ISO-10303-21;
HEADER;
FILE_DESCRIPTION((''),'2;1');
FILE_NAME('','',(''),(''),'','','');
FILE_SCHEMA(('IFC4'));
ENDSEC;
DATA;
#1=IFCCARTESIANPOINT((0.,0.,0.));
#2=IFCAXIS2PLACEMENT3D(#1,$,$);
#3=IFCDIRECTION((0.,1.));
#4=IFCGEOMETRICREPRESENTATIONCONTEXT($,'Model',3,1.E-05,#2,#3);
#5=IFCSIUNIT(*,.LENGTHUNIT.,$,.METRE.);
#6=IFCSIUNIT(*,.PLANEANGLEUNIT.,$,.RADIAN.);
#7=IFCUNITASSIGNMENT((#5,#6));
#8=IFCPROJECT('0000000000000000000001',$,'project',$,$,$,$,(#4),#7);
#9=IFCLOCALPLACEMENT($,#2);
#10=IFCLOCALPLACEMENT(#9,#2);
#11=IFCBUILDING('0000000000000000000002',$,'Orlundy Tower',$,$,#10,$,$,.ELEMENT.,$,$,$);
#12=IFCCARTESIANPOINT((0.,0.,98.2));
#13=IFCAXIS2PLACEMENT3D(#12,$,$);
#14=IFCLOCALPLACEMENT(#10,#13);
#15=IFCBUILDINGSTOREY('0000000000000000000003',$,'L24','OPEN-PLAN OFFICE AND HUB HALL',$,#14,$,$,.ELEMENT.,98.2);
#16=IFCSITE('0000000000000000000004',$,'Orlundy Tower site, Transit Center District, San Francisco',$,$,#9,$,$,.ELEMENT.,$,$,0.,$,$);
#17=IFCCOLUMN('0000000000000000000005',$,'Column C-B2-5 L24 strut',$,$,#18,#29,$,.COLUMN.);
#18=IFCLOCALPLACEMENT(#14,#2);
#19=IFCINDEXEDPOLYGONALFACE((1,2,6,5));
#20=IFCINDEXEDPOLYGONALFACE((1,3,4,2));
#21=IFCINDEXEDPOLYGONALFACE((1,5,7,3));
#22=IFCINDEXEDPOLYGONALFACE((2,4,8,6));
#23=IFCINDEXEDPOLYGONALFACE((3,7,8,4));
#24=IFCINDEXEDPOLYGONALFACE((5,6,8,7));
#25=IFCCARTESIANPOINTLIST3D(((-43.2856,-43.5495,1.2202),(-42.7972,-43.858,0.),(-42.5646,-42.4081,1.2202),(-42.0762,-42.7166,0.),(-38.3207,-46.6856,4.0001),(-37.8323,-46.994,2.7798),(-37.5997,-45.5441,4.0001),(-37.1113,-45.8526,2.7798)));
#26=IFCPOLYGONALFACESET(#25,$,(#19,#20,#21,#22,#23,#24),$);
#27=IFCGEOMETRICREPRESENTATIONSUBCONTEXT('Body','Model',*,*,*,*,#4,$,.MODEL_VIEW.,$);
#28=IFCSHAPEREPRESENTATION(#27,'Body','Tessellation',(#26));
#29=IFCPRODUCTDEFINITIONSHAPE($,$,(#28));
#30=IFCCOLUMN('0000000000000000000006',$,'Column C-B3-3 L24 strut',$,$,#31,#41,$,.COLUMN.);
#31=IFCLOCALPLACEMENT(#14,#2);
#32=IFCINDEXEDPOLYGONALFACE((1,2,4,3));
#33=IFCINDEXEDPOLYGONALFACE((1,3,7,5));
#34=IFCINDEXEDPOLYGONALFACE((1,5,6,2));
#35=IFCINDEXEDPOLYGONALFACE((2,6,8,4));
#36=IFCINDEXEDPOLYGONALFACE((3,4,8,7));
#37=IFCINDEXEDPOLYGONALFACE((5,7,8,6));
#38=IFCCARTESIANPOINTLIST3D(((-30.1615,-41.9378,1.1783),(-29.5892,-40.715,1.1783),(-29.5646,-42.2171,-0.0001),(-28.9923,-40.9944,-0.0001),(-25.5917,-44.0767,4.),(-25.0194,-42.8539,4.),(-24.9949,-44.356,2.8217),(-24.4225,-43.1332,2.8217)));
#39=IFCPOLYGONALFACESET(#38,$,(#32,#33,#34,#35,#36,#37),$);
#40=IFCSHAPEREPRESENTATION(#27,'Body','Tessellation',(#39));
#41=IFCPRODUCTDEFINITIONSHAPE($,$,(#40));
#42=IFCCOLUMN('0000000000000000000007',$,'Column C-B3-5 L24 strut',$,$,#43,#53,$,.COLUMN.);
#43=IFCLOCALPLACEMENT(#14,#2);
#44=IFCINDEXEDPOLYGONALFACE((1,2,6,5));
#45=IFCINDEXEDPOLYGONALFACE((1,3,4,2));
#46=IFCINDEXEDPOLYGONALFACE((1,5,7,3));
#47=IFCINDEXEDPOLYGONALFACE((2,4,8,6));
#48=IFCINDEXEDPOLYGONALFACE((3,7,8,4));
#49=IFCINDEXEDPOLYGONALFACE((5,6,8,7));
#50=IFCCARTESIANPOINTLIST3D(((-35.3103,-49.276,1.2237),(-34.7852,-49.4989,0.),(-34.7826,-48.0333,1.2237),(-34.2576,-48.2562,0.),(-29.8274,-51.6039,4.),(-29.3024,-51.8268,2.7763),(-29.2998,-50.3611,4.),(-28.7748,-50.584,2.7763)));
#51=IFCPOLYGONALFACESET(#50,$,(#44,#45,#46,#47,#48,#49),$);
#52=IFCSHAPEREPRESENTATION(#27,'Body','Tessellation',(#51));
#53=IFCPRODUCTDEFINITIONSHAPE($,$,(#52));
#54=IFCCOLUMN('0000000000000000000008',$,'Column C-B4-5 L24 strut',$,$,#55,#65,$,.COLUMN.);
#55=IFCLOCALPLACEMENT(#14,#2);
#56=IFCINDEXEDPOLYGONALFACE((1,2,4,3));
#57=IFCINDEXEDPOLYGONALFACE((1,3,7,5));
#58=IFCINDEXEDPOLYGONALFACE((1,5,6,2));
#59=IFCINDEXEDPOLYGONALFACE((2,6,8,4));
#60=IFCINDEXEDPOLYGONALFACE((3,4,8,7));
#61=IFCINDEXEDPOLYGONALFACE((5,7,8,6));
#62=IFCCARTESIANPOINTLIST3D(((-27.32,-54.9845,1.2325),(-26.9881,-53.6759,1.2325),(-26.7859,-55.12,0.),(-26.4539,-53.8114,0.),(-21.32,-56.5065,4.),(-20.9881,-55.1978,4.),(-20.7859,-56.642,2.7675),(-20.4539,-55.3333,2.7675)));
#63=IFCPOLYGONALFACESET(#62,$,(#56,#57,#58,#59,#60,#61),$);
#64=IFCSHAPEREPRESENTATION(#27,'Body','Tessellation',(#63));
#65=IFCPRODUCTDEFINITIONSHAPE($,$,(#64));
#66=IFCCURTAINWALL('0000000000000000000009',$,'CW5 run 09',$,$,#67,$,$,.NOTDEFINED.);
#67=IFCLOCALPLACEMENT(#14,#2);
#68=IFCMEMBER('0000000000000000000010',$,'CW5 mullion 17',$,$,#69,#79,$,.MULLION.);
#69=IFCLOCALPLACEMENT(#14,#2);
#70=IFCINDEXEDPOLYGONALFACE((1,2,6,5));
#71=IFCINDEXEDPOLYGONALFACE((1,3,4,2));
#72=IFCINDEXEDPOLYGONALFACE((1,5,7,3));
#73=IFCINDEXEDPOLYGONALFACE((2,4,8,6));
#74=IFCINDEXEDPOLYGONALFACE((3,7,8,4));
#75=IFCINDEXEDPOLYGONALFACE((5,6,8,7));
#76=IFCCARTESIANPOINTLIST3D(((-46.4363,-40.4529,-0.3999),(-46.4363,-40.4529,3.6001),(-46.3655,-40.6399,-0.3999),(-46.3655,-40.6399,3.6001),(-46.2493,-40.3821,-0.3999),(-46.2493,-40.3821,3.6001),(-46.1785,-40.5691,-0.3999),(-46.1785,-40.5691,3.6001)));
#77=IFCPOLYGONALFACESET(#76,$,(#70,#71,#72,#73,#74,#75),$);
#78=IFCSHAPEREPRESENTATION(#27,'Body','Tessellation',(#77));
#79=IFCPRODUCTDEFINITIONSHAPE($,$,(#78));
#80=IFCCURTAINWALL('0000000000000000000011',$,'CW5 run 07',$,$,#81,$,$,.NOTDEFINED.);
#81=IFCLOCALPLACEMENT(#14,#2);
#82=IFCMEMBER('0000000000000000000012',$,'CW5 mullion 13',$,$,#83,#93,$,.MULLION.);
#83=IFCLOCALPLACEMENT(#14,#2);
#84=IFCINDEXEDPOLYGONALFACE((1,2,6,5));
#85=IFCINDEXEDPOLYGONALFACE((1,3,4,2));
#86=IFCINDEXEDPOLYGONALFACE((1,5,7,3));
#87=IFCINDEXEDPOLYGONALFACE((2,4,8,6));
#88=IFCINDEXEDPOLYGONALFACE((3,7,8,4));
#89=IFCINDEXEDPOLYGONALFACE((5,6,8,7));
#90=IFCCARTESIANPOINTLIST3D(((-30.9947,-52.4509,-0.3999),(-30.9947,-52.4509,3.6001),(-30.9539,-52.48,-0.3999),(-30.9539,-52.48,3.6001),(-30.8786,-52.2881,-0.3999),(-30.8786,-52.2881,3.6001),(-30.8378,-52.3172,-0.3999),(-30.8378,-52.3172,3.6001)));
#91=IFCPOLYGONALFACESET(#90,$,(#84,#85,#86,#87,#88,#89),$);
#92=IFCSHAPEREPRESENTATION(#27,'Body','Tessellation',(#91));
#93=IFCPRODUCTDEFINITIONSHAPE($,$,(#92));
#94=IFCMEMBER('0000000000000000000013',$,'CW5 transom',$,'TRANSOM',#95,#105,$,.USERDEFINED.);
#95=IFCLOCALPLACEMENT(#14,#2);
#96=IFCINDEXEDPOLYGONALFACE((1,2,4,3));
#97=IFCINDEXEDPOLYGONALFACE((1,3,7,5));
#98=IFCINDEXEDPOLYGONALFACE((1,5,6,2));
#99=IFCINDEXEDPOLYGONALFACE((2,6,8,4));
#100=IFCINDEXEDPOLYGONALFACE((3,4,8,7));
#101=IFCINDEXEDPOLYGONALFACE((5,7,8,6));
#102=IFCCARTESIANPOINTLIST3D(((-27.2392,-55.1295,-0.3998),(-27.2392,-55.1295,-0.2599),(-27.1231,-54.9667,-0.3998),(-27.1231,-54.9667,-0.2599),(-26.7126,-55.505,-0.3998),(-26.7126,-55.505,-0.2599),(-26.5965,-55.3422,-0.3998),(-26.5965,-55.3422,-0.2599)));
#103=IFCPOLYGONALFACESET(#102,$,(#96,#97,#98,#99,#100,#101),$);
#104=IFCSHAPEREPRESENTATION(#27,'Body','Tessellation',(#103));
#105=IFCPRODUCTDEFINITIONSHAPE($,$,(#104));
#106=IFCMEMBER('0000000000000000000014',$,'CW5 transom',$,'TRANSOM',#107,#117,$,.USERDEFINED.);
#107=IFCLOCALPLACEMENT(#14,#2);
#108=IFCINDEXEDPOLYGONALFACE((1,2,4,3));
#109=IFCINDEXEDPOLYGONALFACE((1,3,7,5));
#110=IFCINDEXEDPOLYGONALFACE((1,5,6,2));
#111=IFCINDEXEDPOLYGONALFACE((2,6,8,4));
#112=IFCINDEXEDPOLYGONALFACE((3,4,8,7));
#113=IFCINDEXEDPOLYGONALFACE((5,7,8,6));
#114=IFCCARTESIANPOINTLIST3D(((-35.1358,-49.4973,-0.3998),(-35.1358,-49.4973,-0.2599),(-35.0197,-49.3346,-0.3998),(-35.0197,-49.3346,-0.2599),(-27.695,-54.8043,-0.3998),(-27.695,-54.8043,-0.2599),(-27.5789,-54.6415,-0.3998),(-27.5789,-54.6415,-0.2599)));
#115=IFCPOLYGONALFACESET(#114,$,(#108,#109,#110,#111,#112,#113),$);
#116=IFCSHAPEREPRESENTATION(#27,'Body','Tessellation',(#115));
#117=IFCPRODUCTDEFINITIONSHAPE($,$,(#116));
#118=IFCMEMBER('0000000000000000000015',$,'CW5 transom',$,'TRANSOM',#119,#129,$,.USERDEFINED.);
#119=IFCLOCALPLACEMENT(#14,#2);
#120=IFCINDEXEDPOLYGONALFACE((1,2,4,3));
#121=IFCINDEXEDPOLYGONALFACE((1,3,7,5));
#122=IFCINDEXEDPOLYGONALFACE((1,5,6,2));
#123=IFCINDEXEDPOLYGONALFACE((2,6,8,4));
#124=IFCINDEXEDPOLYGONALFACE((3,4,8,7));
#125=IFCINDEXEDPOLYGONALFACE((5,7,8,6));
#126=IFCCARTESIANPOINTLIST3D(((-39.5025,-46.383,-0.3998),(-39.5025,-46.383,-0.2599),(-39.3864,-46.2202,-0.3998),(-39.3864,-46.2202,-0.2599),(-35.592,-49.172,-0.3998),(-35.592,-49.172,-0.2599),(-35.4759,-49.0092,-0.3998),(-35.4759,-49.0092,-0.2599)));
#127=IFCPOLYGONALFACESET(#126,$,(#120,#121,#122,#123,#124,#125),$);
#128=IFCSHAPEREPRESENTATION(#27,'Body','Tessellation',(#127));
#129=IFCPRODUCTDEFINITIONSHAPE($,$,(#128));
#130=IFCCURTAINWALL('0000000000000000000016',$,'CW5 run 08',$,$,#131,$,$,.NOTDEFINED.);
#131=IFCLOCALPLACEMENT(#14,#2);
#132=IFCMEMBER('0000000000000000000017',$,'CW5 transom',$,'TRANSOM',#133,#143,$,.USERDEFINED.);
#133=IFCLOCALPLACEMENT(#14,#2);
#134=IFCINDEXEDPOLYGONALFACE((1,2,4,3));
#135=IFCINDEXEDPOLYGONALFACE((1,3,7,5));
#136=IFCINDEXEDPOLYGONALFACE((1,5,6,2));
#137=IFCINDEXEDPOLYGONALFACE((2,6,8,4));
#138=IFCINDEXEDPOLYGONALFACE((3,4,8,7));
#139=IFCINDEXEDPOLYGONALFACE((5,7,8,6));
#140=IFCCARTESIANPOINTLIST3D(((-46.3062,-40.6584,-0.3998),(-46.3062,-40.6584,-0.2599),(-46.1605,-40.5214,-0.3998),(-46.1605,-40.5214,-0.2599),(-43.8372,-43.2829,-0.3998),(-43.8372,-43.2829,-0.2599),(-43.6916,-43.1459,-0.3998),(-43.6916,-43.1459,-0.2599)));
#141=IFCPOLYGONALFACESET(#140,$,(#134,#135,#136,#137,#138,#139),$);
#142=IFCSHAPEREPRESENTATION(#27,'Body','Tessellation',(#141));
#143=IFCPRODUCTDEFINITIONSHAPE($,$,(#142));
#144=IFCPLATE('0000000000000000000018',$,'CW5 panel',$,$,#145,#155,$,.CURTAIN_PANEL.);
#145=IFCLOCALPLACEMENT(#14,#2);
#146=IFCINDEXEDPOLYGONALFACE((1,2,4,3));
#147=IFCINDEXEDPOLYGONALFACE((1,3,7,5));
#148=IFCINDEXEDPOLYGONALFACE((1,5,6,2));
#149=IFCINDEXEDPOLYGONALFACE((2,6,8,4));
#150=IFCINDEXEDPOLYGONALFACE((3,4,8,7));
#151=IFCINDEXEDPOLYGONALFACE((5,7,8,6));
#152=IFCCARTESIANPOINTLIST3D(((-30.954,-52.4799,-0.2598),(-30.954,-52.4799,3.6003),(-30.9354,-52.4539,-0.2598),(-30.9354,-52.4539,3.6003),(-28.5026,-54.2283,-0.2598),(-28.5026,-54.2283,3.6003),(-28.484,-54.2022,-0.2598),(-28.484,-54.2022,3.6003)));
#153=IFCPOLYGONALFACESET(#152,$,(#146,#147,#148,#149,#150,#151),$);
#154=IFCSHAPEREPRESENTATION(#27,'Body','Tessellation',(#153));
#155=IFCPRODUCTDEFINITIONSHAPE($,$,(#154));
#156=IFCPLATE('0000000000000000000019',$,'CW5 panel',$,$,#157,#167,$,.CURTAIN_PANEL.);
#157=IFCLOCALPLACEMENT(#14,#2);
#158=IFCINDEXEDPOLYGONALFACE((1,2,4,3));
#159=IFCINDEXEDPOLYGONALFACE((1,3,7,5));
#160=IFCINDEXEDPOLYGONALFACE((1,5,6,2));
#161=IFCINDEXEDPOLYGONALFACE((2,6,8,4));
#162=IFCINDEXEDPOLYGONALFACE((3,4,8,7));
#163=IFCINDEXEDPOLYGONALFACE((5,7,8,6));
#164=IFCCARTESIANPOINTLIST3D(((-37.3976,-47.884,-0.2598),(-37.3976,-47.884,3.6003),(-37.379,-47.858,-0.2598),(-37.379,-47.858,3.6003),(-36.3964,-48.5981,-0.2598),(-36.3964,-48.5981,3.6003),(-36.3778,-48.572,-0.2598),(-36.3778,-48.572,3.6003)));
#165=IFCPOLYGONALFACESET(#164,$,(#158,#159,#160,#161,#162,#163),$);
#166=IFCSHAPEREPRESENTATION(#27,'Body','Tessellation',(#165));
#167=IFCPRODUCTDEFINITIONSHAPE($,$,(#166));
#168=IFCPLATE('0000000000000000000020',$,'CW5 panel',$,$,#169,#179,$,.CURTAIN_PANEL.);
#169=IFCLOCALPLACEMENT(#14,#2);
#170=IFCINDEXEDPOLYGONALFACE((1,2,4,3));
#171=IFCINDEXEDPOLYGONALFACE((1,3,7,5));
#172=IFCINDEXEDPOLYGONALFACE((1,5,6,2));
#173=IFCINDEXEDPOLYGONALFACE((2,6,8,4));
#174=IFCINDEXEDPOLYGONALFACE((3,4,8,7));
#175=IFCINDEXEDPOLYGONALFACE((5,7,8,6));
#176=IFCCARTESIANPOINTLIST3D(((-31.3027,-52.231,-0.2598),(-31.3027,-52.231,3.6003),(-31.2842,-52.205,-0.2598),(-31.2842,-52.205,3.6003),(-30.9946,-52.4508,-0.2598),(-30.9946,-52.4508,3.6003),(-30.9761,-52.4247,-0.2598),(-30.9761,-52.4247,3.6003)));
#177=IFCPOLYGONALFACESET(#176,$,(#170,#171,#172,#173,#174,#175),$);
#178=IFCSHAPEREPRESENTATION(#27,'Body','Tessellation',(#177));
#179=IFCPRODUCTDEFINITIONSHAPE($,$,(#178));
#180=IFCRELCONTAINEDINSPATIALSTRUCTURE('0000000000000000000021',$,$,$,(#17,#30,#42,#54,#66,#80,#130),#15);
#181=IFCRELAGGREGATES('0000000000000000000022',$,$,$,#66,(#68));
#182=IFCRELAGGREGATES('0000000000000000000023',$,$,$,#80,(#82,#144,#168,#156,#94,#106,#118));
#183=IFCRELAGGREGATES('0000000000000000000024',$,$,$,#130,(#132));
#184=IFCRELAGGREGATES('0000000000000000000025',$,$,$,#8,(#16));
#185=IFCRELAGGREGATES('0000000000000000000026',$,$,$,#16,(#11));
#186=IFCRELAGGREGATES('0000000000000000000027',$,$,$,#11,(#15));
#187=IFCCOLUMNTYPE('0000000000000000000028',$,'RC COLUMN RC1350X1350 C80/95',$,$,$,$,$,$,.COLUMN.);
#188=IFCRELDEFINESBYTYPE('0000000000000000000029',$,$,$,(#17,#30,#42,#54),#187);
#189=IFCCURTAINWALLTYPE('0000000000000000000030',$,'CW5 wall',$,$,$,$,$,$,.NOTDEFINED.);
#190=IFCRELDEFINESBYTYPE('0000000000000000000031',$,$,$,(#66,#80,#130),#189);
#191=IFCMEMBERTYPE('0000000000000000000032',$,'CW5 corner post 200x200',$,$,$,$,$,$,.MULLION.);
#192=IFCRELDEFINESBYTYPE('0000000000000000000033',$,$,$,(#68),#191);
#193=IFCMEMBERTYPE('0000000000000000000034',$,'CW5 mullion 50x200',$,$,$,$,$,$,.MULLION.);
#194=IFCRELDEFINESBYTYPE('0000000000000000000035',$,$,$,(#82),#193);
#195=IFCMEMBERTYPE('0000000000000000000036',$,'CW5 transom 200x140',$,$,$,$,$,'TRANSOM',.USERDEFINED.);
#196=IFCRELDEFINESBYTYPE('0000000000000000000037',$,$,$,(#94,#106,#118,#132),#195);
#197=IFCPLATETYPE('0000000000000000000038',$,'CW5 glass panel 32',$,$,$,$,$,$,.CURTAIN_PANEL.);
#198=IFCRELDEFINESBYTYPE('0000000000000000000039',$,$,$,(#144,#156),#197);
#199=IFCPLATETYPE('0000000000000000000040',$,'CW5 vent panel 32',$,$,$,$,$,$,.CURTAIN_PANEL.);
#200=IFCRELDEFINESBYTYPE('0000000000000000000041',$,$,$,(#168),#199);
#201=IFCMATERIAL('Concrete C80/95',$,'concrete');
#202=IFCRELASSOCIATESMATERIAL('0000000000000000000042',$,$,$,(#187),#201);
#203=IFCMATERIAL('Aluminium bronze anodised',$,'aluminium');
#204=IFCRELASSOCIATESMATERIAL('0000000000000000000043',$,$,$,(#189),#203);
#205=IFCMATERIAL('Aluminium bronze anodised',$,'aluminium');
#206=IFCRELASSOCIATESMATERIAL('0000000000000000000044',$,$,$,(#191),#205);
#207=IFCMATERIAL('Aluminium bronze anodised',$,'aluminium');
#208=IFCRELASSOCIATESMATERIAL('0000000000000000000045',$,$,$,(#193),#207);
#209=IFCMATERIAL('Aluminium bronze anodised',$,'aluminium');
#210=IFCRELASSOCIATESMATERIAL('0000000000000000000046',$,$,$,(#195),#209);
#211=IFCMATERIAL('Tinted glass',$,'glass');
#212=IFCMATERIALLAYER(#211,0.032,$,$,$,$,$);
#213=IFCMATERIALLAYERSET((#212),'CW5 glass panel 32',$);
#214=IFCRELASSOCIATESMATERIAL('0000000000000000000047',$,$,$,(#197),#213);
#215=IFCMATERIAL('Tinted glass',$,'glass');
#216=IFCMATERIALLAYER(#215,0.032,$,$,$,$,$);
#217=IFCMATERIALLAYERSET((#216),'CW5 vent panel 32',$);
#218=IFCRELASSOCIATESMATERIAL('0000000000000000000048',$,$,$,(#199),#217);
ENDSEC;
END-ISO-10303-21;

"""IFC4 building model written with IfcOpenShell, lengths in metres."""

from ifc_helpers import new_model, si_unit, direction, frame, origin, origin_2d, place, context, subcontext, project, spatial, rectangle, extrude, material, layer, layer_set, material_profile, profile_set, type_object, element, aggregate, save


model = new_model("IFC4")

# Units and contexts
model_context = context("Model", 3, precision=1e-05, world=origin(), true_north=direction((0.0, 1.0)))
body_context = subcontext(model_context, "Body", "Model", "MODEL_VIEW")
ifc_project = project(units=[si_unit("LENGTHUNIT", "METRE"), si_unit("PLANEANGLEUNIT", "RADIAN")], contexts=[model_context])

# Site, building, storey
site_placement = place(None, origin())
site = spatial("IfcSite", under=ifc_project, at=site_placement, Name="Orlundy Tower site, Transit Center District, San Francisco", CompositionType="ELEMENT", RefElevation=0.0)
building_placement = place(site_placement, origin())
building = spatial("IfcBuilding", under=site, at=building_placement, Name="Orlundy Tower", CompositionType="ELEMENT")
storey_placement = place(building_placement, frame((0.0, 0.0, 98.2)))
storey = spatial("IfcBuildingStorey", under=building, at=storey_placement, Name="L24", Description="OPEN-PLAN OFFICE AND HUB HALL", CompositionType="ELEMENT", Elevation=98.2)

# Columns
ifc_material_1 = material(Name="Concrete C80/95", Category="concrete")
ifc_material_profile_1 = material_profile(ifc_material_1, rectangle(XDim=1.3501, YDim=1.3501, at=origin_2d()), Name="RC1350X1350")
ifc_profile_set_1 = profile_set([ifc_material_profile_1], Name="Concrete C80/95")
column_type = type_object("IfcColumnType", Name="RC COLUMN RC1350X1350 C80/95", PredefinedType="COLUMN", material=ifc_profile_set_1)
column_1_placement = place(storey_placement, frame((-42.6809, -43.1331, 0.6101), z_axis=(0.764172, -0.482681, 0.427855), x_axis=(0.534029, 0.845466, 0.0)))
element("IfcColumn", 1, at=column_1_placement, inside=storey, type_object=column_type, Name="Column C-B2-5 L24 strut", PredefinedType="COLUMN", context=body_context, shape_type="SweptSolid", body=[
    extrude(rectangle(XDim=1.3501, YDim=1.3501, at=origin_2d()), origin(), (0.0, 0.0, 1.0), 6.4971),
])
column_2_placement = place(storey_placement, frame((-29.5769, -41.4661, 0.5891), z_axis=(0.790482, -0.369987, 0.488107), x_axis=(0.423916, 0.905702, 0.0)))
element("IfcColumn", 2, at=column_2_placement, inside=storey, type_object=column_type, Name="Column C-B3-3 L24 strut", PredefinedType="COLUMN", context=body_context, shape_type="SweptSolid", body=[
    extrude(rectangle(XDim=1.3501, YDim=1.3501, at=origin_2d()), origin(), (0.0, 0.0, 1.0), 5.781),
])
column_3_placement = place(storey_placement, frame((-34.7839, -48.7661, 0.6118), z_axis=(0.834299, -0.354219, 0.422462), x_axis=(0.390806, 0.920473, 0.0)))
element("IfcColumn", 3, at=column_3_placement, inside=storey, type_object=column_type, Name="Column C-B3-5 L24 strut", PredefinedType="COLUMN", context=body_context, shape_type="SweptSolid", body=[
    extrude(rectangle(XDim=1.3501, YDim=1.3501, at=origin_2d()), origin(), (0.0, 0.0, 1.0), 6.5718),
])
column_4_placement = place(storey_placement, frame((-26.887, -54.3979, 0.6162), z_axis=(0.884884, -0.224461, 0.408164), x_axis=(0.245875, 0.969302, 0.0)))
element("IfcColumn", 4, at=column_4_placement, inside=storey, type_object=column_type, Name="Column C-B4-5 L24 strut", PredefinedType="COLUMN", context=body_context, shape_type="SweptSolid", body=[
    extrude(rectangle(XDim=1.3501, YDim=1.3501, at=origin_2d()), origin(), (0.0, 0.0, 1.0), 6.7805),
])

# Curtain wall, member
ifc_material_2 = material(Name="Aluminium bronze anodised", Category="aluminium")
curtain_wall_type = type_object("IfcCurtainWallType", Name="CW5 wall", PredefinedType="NOTDEFINED", material=ifc_material_2)
curtain_wall_1_placement = place(storey_placement, origin())
curtain_wall_1 = element("IfcCurtainWall", 5, at=curtain_wall_1_placement, inside=storey, type_object=curtain_wall_type, Name="CW5 run 09", PredefinedType="NOTDEFINED")
ifc_material_3 = material(Name="Aluminium bronze anodised", Category="aluminium")
ifc_material_profile_2 = material_profile(ifc_material_3, rectangle(XDim=0.2, YDim=0.2, at=origin_2d()), Name="CW5 corner post 200x200")
ifc_profile_set_2 = profile_set([ifc_material_profile_2], Name="Aluminium bronze anodised")
member_type_1 = type_object("IfcMemberType", Name="CW5 corner post 200x200", PredefinedType="MULLION", material=ifc_profile_set_2)
member_1_placement = place(storey_placement, frame((-46.3074, -40.511, -0.3999), z_axis=(0.0, 0.0, 1.0), x_axis=(-0.935182, -0.354166, 0.0)))
member_1 = element("IfcMember", 6, at=member_1_placement, type_object=member_type_1, Name="CW5 mullion 17", PredefinedType="MULLION", context=body_context, shape_type="SweptSolid", body=[
    extrude(rectangle(XDim=0.2, YDim=0.2, at=origin_2d()), origin(), (0.0, 0.0, 1.0), 4.0),
])
aggregate(curtain_wall_1, [member_1])

# Curtain wall, members
curtain_wall_2_placement = place(storey_placement, origin())
curtain_wall_2 = element("IfcCurtainWall", 7, at=curtain_wall_2_placement, inside=storey, type_object=curtain_wall_type, Name="CW5 run 07", PredefinedType="NOTDEFINED")
ifc_material_4 = material(Name="Aluminium bronze anodised", Category="aluminium")
ifc_material_profile_3 = material_profile(ifc_material_4, rectangle(XDim=0.2, YDim=0.05, at=origin_2d()), Name="CW5 mullion 50x200")
ifc_profile_set_3 = profile_set([ifc_material_profile_3], Name="Aluminium bronze anodised")
member_type_2 = type_object("IfcMemberType", Name="CW5 mullion 50x200", PredefinedType="MULLION", material=ifc_profile_set_3)
member_2_placement = place(storey_placement, frame((-30.9163, -52.384, -0.3999), z_axis=(0.0, 0.0, 1.0), x_axis=(-0.580666, -0.814142, 0.0)))
member_2 = element("IfcMember", 8, at=member_2_placement, type_object=member_type_2, Name="CW5 mullion 13", PredefinedType="MULLION", context=body_context, shape_type="SweptSolid", body=[
    extrude(rectangle(XDim=0.2, YDim=0.05, at=origin_2d()), origin(), (0.0, 0.0, 1.0), 4.0),
])
ifc_material_5 = material(Name="Aluminium bronze anodised", Category="aluminium")
ifc_material_profile_4 = material_profile(ifc_material_5, rectangle(XDim=0.2, YDim=0.1399, at=origin_2d()), Name="CW5 transom 200x140")
ifc_profile_set_4 = profile_set([ifc_material_profile_4], Name="Aluminium bronze anodised")
member_type_3 = type_object("IfcMemberType", Name="CW5 transom 200x140", ElementType="TRANSOM", PredefinedType="USERDEFINED", material=ifc_profile_set_4)
member_3_placement = place(storey_placement, frame((-26.6545, -55.4236, -0.3298), z_axis=(-0.814218, 0.58056, 0.0), x_axis=(-0.58056, -0.814218, 0.0)))
member_3 = element("IfcMember", 9, at=member_3_placement, type_object=member_type_3, Name="CW5 transom", ObjectType="TRANSOM", PredefinedType="USERDEFINED", context=body_context, shape_type="SweptSolid", body=[
    extrude(rectangle(XDim=0.2, YDim=0.1399, at=origin_2d()), origin(), (0.0, 0.0, 1.0), 0.6467),
])
member_4_placement = place(storey_placement, frame((-27.637, -54.7229, -0.3298), z_axis=(-0.814141, 0.580667, 0.0), x_axis=(-0.580667, -0.814141, 0.0)))
member_4 = element("IfcMember", 10, at=member_4_placement, type_object=member_type_3, Name="CW5 transom", ObjectType="TRANSOM", PredefinedType="USERDEFINED", context=body_context, shape_type="SweptSolid", body=[
    extrude(rectangle(XDim=0.2, YDim=0.1399, at=origin_2d()), origin(), (0.0, 0.0, 1.0), 9.1394),
])
member_5_placement = place(storey_placement, frame((-35.5339, -49.0906, -0.3298), z_axis=(-0.814152, 0.580651, 0.0), x_axis=(-0.580651, -0.814152, 0.0)))
member_5 = element("IfcMember", 11, at=member_5_placement, type_object=member_type_3, Name="CW5 transom", ObjectType="TRANSOM", PredefinedType="USERDEFINED", context=body_context, shape_type="SweptSolid", body=[
    extrude(rectangle(XDim=0.2, YDim=0.1399, at=origin_2d()), origin(), (0.0, 0.0, 1.0), 4.8032),
])

# Curtain wall, member
curtain_wall_3_placement = place(storey_placement, origin())
curtain_wall_3 = element("IfcCurtainWall", 12, at=curtain_wall_3_placement, inside=storey, type_object=curtain_wall_type, Name="CW5 run 08", PredefinedType="NOTDEFINED")
member_6_placement = place(storey_placement, frame((-43.7644, -43.2144, -0.3298), z_axis=(-0.685198, 0.728357, 0.0), x_axis=(-0.728357, -0.685198, 0.0)))
member_6 = element("IfcMember", 13, at=member_6_placement, type_object=member_type_3, Name="CW5 transom", ObjectType="TRANSOM", PredefinedType="USERDEFINED", context=body_context, shape_type="SweptSolid", body=[
    extrude(rectangle(XDim=0.2, YDim=0.1399, at=origin_2d()), origin(), (0.0, 0.0, 1.0), 3.6033),
])

# Plates
ifc_material_6 = material(Name="Tinted glass", Category="glass")
ifc_layer_1 = layer(ifc_material_6, 0.032)
ifc_layer_set_1 = layer_set([ifc_layer_1], Name="CW5 glass panel 32")
plate_type_1 = type_object("IfcPlateType", Name="CW5 glass panel 32", PredefinedType="CURTAIN_PANEL", material=ifc_layer_set_1)
plate_1_placement = place(storey_placement, frame((-29.719, -53.3411, -0.2598), z_axis=(0.0, 0.0, 1.0), x_axis=(-0.814142, 0.580666, 0.0)))
plate_1 = element("IfcPlate", 14, at=plate_1_placement, type_object=plate_type_1, Name="CW5 panel", PredefinedType="CURTAIN_PANEL", context=body_context, shape_type="SweptSolid", body=[
    extrude(rectangle(XDim=3.011, YDim=0.032, at=origin_2d()), origin(), (0.0, 0.0, 1.0), 3.8601),
])
plate_2_placement = place(storey_placement, frame((-36.8877, -48.228, -0.2598), z_axis=(0.0, 0.0, 1.0), x_axis=(-0.814142, 0.580666, 0.0)))
plate_2 = element("IfcPlate", 15, at=plate_2_placement, type_object=plate_type_1, Name="CW5 panel", PredefinedType="CURTAIN_PANEL", context=body_context, shape_type="SweptSolid", body=[
    extrude(rectangle(XDim=1.2297, YDim=0.032, at=origin_2d()), origin(), (0.0, 0.0, 1.0), 3.8601),
])
ifc_material_7 = material(Name="Tinted glass", Category="glass")
ifc_layer_2 = layer(ifc_material_7, 0.032)
ifc_layer_set_2 = layer_set([ifc_layer_2], Name="CW5 vent panel 32")
plate_type_2 = type_object("IfcPlateType", Name="CW5 vent panel 32", PredefinedType="CURTAIN_PANEL", material=ifc_layer_set_2)
plate_3_placement = place(storey_placement, frame((-31.1394, -52.3279, -0.2598), z_axis=(0.0, 0.0, 1.0), x_axis=(-0.814142, 0.580666, 0.0)))
plate_3 = element("IfcPlate", 16, at=plate_3_placement, type_object=plate_type_2, Name="CW5 panel", PredefinedType="CURTAIN_PANEL", context=body_context, shape_type="SweptSolid", body=[
    extrude(rectangle(XDim=0.3784, YDim=0.032, at=origin_2d()), origin(), (0.0, 0.0, 1.0), 3.8601),
])
aggregate(curtain_wall_2, [member_2, plate_1, plate_3, plate_2, member_3, member_4, member_5])
aggregate(curtain_wall_3, [member_6])

save(model, "model.ifc")
